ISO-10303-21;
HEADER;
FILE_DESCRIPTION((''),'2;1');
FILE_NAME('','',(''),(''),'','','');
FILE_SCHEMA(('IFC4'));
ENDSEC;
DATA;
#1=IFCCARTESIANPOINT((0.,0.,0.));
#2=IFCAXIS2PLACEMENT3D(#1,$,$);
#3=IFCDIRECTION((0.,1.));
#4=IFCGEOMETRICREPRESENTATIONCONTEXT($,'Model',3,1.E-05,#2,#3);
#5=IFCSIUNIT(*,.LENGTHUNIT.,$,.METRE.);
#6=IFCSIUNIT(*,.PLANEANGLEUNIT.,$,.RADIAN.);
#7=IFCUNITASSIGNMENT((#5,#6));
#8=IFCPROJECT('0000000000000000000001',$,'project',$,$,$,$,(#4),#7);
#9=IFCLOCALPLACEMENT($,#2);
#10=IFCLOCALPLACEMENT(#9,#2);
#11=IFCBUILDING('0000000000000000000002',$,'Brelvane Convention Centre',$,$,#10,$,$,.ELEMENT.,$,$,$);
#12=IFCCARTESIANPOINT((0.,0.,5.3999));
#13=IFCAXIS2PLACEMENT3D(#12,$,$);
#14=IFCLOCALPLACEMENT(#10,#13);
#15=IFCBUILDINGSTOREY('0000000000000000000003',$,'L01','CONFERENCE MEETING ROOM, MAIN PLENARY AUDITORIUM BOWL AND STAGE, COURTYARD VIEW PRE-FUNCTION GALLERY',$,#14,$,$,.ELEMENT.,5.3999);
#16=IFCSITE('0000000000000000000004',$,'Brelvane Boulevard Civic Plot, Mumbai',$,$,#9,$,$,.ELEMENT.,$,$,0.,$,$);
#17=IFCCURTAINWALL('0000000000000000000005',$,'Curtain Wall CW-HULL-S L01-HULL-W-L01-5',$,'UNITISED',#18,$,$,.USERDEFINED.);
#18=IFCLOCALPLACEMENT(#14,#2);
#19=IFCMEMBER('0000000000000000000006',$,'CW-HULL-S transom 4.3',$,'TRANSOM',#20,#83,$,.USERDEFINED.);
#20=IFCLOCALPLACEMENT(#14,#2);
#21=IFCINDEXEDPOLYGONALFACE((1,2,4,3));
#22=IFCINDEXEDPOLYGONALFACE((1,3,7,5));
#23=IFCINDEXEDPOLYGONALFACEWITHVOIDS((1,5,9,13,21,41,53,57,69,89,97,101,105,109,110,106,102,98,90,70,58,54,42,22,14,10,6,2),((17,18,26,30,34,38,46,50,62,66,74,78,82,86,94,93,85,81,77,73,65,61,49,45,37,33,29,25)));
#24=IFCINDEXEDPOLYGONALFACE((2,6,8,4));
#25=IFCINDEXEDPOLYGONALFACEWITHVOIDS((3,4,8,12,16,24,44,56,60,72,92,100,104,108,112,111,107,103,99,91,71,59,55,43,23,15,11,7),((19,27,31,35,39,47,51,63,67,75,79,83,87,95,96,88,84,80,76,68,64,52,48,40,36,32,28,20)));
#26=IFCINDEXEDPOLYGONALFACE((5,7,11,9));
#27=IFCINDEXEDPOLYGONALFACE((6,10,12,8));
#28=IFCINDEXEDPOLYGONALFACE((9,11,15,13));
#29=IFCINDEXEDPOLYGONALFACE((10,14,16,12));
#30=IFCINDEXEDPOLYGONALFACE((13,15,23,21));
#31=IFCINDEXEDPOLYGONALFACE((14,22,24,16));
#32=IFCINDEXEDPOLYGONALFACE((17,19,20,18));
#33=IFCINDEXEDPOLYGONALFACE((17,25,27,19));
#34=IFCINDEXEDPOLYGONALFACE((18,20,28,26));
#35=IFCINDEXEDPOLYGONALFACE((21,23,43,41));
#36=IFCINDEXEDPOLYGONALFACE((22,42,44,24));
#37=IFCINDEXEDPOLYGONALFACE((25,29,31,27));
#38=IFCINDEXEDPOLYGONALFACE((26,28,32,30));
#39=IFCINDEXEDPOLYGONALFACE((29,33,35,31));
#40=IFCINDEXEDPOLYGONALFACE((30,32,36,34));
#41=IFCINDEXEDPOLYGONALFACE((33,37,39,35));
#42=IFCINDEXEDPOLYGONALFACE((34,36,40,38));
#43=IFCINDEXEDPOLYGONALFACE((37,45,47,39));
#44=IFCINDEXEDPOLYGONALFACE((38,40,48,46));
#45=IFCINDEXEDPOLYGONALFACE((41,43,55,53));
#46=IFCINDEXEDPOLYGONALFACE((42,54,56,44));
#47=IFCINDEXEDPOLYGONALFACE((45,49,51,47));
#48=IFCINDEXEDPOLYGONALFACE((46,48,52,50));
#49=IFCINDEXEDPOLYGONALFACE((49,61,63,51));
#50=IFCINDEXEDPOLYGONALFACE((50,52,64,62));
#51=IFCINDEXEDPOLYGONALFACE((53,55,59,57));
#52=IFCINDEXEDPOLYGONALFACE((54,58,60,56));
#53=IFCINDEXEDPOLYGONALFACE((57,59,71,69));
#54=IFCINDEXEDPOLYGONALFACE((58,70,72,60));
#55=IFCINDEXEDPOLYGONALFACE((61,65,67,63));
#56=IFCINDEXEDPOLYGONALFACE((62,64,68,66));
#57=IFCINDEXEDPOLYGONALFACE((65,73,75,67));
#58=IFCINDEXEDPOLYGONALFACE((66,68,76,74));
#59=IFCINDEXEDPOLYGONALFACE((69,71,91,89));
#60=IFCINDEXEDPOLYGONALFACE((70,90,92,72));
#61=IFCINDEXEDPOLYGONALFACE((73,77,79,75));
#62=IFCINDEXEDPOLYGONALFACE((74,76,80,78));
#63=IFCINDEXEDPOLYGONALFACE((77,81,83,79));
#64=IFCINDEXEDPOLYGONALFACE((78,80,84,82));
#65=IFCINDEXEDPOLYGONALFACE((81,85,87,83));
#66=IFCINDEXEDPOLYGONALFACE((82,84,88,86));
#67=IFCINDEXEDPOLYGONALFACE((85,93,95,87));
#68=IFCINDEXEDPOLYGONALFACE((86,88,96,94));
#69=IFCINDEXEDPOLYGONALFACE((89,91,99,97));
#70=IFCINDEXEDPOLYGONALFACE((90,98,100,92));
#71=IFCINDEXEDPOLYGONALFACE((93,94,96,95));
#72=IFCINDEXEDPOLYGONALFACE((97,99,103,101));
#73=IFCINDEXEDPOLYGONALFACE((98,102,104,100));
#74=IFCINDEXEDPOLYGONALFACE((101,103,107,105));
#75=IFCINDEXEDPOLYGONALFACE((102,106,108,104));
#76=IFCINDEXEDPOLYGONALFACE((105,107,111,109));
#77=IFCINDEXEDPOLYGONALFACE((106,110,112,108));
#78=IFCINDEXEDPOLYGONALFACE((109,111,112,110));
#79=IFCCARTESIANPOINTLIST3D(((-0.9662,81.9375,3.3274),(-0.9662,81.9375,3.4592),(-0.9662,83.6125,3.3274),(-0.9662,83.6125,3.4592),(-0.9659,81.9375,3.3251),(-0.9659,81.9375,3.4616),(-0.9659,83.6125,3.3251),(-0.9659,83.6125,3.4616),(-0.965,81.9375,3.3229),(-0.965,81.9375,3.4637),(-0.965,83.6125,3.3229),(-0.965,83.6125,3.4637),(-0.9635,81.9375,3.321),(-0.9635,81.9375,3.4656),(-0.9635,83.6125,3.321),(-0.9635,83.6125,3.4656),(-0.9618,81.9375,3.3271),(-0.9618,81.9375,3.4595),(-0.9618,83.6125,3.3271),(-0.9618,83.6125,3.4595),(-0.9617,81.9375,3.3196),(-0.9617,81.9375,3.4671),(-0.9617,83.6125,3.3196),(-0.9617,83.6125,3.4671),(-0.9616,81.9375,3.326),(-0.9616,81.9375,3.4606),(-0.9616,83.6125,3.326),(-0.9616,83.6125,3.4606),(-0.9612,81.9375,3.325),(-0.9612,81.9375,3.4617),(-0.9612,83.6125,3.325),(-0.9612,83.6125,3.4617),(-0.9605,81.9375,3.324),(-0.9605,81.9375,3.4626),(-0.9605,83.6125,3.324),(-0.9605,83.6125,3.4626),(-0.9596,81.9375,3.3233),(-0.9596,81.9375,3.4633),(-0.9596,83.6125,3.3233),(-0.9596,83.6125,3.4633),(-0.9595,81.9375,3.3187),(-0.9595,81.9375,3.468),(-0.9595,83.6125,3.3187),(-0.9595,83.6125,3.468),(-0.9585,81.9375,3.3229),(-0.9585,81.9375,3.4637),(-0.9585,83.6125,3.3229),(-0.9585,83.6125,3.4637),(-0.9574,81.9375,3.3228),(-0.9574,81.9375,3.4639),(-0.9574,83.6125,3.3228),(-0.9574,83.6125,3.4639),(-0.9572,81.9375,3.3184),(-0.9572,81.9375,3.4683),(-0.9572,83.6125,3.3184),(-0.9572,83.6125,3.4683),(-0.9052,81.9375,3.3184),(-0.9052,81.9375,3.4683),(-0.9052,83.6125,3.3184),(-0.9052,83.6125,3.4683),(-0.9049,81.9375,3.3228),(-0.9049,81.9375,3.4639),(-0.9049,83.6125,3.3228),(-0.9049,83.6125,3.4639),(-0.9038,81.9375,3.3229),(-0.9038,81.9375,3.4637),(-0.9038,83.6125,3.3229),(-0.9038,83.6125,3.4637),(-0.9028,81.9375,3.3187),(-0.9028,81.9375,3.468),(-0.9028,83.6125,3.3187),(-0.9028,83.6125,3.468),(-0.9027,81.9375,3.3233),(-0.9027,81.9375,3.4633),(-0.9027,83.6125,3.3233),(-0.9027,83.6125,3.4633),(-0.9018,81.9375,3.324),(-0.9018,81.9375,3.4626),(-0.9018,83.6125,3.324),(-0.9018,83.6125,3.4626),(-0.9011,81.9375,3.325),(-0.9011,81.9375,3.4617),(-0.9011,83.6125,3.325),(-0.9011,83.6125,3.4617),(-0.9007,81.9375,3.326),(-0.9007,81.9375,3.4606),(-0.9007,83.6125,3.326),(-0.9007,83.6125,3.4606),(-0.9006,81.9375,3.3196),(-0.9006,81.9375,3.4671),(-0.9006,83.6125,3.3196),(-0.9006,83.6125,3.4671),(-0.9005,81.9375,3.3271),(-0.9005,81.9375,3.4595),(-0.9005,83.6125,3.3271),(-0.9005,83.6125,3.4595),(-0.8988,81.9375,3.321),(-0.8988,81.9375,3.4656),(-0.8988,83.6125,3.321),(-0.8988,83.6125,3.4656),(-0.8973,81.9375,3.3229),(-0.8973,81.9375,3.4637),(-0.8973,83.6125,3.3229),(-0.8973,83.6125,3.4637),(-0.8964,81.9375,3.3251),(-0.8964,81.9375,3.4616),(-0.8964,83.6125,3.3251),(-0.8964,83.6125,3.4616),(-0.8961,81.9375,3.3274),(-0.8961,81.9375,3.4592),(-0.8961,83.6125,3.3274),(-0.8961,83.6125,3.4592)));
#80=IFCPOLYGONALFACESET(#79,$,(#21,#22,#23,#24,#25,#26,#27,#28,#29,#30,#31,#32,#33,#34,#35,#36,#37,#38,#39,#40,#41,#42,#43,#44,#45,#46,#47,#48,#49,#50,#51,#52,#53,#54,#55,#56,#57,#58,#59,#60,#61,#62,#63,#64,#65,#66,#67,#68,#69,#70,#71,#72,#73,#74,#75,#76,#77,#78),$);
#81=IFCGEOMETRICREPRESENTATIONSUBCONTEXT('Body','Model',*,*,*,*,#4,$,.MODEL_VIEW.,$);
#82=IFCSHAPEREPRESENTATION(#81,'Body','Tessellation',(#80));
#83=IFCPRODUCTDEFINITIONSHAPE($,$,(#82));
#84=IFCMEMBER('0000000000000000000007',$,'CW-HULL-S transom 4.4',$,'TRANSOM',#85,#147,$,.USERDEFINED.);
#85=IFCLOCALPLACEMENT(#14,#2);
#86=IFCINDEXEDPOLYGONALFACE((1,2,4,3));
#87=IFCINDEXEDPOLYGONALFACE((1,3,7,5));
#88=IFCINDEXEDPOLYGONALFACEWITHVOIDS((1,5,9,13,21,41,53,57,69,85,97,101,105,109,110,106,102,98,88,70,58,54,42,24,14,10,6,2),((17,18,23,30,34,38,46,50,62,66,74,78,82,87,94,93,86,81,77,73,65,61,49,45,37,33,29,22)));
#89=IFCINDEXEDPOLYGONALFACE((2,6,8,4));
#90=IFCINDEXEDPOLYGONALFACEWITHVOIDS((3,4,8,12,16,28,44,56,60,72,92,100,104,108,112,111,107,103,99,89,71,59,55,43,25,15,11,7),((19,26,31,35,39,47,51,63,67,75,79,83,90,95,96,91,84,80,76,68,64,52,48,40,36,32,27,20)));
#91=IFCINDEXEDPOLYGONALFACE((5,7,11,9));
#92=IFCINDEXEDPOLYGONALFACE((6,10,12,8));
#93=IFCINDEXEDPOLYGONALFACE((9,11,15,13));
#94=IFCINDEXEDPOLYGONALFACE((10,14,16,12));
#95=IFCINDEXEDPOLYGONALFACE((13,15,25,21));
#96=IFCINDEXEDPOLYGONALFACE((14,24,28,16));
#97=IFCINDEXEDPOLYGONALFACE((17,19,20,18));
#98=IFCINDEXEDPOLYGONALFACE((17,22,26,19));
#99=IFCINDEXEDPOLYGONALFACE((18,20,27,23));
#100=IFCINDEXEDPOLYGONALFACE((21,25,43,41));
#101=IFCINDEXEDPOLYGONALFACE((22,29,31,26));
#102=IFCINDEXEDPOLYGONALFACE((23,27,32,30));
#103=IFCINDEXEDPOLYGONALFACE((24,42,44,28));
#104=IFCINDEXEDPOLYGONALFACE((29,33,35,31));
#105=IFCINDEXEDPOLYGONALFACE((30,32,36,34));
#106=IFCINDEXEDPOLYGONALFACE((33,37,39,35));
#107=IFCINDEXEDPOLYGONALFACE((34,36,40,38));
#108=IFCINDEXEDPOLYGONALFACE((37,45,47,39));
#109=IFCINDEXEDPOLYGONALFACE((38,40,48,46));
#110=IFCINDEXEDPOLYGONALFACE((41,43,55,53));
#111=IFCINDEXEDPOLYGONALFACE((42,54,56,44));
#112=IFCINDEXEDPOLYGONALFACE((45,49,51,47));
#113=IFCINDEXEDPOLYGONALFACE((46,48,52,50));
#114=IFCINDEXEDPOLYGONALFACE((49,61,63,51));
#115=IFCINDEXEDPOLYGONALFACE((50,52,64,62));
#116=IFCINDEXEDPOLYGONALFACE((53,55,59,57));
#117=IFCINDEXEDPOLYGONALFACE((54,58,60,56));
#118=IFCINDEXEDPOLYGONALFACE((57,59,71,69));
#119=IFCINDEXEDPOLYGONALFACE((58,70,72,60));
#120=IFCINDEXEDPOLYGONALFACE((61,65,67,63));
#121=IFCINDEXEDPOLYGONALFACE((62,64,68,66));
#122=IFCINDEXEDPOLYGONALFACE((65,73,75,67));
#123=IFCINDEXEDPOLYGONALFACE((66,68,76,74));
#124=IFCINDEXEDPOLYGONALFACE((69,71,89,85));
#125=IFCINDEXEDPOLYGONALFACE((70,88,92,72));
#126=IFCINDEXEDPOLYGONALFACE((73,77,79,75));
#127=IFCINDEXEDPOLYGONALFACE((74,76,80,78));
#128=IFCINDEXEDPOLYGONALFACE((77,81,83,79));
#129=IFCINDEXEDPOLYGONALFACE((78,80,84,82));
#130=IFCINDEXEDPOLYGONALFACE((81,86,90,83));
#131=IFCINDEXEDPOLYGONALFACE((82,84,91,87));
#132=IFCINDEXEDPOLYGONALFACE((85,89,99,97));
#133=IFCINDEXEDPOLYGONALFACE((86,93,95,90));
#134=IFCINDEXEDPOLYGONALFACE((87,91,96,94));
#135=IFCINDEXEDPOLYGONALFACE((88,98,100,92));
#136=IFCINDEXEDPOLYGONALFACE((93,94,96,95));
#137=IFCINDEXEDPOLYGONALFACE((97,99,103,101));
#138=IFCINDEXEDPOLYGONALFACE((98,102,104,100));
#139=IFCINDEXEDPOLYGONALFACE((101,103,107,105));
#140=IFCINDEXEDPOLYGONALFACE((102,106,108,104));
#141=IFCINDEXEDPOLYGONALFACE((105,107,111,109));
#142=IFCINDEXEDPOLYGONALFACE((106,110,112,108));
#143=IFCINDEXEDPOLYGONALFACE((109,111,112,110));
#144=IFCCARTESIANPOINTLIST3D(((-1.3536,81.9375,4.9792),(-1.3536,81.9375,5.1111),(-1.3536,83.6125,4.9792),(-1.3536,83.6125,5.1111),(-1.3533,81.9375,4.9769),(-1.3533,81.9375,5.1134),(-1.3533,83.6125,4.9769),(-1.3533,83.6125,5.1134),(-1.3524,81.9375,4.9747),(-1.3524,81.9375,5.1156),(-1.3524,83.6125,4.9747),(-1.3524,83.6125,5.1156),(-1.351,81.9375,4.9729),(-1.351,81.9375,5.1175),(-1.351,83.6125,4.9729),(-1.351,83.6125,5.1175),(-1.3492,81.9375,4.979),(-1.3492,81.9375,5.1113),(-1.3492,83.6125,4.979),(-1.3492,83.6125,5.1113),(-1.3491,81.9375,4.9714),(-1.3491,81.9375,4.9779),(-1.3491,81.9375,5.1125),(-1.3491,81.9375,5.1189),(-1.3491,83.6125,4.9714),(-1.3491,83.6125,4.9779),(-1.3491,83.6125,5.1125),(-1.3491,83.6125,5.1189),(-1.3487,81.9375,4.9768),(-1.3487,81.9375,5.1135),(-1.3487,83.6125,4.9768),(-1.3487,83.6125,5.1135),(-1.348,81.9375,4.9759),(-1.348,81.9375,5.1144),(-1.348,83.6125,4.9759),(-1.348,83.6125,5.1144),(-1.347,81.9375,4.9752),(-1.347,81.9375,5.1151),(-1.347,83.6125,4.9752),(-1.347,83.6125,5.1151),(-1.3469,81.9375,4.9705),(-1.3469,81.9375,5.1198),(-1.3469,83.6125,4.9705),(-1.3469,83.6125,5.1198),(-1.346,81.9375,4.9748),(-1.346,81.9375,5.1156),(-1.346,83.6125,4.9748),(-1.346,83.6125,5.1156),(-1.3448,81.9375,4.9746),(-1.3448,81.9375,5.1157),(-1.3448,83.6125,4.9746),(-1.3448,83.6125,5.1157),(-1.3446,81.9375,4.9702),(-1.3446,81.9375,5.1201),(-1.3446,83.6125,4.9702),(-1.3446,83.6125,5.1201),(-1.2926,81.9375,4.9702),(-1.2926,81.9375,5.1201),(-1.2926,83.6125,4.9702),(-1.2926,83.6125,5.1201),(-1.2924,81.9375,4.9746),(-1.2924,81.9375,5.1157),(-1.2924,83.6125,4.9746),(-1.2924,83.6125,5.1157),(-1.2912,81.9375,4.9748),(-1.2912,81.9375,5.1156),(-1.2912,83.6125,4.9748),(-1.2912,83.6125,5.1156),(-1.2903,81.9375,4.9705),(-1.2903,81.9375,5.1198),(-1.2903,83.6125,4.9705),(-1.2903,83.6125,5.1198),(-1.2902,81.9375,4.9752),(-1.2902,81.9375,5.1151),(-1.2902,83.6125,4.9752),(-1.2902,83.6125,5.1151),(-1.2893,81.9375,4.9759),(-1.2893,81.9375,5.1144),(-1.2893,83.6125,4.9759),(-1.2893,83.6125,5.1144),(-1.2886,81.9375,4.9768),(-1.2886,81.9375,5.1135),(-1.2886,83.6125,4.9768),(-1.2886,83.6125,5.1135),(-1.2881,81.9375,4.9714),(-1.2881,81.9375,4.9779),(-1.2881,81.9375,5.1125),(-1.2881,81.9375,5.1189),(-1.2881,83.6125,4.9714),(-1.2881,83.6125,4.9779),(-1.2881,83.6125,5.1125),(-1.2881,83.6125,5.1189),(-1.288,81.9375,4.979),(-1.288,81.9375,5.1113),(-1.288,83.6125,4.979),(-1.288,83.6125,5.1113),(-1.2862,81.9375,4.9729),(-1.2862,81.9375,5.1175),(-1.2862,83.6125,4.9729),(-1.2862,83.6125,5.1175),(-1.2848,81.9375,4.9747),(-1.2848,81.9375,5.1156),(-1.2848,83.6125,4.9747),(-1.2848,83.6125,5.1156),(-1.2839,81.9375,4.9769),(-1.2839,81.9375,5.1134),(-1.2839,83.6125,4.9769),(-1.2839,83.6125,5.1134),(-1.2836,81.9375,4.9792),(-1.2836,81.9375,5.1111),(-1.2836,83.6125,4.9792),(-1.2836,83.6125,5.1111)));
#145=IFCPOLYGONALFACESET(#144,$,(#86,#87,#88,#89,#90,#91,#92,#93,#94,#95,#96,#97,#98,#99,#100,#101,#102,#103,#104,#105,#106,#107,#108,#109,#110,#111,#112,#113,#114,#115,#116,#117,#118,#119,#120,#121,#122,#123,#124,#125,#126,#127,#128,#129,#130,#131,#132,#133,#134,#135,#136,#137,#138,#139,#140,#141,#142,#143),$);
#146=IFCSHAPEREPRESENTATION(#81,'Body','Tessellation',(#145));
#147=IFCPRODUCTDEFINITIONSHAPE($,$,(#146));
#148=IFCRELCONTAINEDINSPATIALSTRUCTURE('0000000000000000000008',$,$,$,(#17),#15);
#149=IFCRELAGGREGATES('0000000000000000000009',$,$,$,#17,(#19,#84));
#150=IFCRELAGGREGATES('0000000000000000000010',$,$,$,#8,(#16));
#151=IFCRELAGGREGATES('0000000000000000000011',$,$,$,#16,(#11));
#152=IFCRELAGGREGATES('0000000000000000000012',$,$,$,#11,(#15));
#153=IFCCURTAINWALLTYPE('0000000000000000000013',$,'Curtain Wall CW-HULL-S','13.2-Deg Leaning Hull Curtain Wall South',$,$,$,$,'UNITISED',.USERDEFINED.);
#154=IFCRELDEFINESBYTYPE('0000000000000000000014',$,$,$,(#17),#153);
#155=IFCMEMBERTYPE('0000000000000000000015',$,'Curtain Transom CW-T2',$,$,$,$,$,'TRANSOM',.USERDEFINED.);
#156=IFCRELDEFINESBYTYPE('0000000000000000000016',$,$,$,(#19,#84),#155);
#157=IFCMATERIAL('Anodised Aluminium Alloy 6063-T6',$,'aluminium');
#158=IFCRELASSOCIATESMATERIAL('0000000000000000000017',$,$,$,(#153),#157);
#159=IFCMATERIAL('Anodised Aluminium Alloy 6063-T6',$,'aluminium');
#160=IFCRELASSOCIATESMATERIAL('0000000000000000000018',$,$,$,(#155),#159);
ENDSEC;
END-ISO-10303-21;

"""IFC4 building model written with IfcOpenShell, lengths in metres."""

from ifc_helpers import new_model, si_unit, direction, frame, origin, origin_2d, place, context, subcontext, project, spatial, hollow_rectangle, extrude, material, material_profile, profile_set, type_object, element, aggregate, save


model = new_model("IFC4")

# Units and contexts
model_context = context("Model", 3, precision=1e-05, world=origin(), true_north=direction((0.0, 1.0)))
body_context = subcontext(model_context, "Body", "Model", "MODEL_VIEW")
ifc_project = project(units=[si_unit("LENGTHUNIT", "METRE"), si_unit("PLANEANGLEUNIT", "RADIAN")], contexts=[model_context])

# Site, building, storey
site_placement = place(None, origin())
site = spatial("IfcSite", under=ifc_project, at=site_placement, Name="Brelvane Boulevard Civic Plot, Mumbai", CompositionType="ELEMENT", RefElevation=0.0)
building_placement = place(site_placement, origin())
building = spatial("IfcBuilding", under=site, at=building_placement, Name="Brelvane Convention Centre", CompositionType="ELEMENT")
storey_placement = place(building_placement, frame((0.0, 0.0, 5.3999)))
storey = spatial("IfcBuildingStorey", under=building, at=storey_placement, Name="L01", Description="CONFERENCE MEETING ROOM, MAIN PLENARY AUDITORIUM BOWL AND STAGE, COURTYARD VIEW PRE-FUNCTION GALLERY", CompositionType="ELEMENT", Elevation=5.3999)

# Curtain wall, members
ifc_material_1 = material(Name="Anodised Aluminium Alloy 6063-T6", Category="aluminium")
curtain_wall_type = type_object("IfcCurtainWallType", Name="Curtain Wall CW-HULL-S", Description="13.2-Deg Leaning Hull Curtain Wall South", ElementType="UNITISED", PredefinedType="USERDEFINED", material=ifc_material_1)
curtain_wall_placement = place(storey_placement, origin())
curtain_wall = element("IfcCurtainWall", 1, at=curtain_wall_placement, inside=storey, type_object=curtain_wall_type, Name="Curtain Wall CW-HULL-S L01-HULL-W-L01-5", ObjectType="UNITISED", PredefinedType="USERDEFINED")
ifc_material_2 = material(Name="Anodised Aluminium Alloy 6063-T6", Category="aluminium")
ifc_material_profile_1 = material_profile(ifc_material_2, hollow_rectangle(XDim=0.0701, YDim=0.1499, WallThickness=0.0044, InnerFilletRadius=0.0044, OuterFilletRadius=0.009, at=origin_2d()), Name="ALU-T 150x70x4.5")
ifc_profile_set_1 = profile_set([ifc_material_profile_1], Name="Anodised Aluminium Alloy 6063-T6")
member_type_1 = type_object("IfcMemberType", Name="Curtain Transom CW-T2", ElementType="TRANSOM", PredefinedType="USERDEFINED", material=ifc_profile_set_1)
member_1_placement = place(storey_placement, frame((-0.9312, 81.9375, 3.3933), z_axis=(0.0, 1.0, 0.0), x_axis=(-1.0, 0.0, 0.0)))
member_1 = element("IfcMember", 2, at=member_1_placement, type_object=member_type_1, Name="CW-HULL-S transom 4.3", ObjectType="TRANSOM", PredefinedType="USERDEFINED", context=body_context, shape_type="SweptSolid", body=[
    extrude(hollow_rectangle(XDim=0.0701, YDim=0.1499, WallThickness=0.0044, InnerFilletRadius=0.0044, OuterFilletRadius=0.009, at=origin_2d()), origin(), (0.0, 0.0, 1.0), 1.675),
])
member_2_placement = place(storey_placement, frame((-1.3186, 81.9375, 5.0452), z_axis=(0.0, 1.0, 0.0), x_axis=(-1.0, 0.0, 0.0)))
member_2 = element("IfcMember", 3, at=member_2_placement, type_object=member_type_1, Name="CW-HULL-S transom 4.4", ObjectType="TRANSOM", PredefinedType="USERDEFINED", context=body_context, shape_type="SweptSolid", body=[
    extrude(hollow_rectangle(XDim=0.0701, YDim=0.1499, WallThickness=0.0044, InnerFilletRadius=0.0044, OuterFilletRadius=0.009, at=origin_2d()), origin(), (0.0, 0.0, 1.0), 1.675),
])
aggregate(curtain_wall, [member_1, member_2])

save(model, "model.ifc")
